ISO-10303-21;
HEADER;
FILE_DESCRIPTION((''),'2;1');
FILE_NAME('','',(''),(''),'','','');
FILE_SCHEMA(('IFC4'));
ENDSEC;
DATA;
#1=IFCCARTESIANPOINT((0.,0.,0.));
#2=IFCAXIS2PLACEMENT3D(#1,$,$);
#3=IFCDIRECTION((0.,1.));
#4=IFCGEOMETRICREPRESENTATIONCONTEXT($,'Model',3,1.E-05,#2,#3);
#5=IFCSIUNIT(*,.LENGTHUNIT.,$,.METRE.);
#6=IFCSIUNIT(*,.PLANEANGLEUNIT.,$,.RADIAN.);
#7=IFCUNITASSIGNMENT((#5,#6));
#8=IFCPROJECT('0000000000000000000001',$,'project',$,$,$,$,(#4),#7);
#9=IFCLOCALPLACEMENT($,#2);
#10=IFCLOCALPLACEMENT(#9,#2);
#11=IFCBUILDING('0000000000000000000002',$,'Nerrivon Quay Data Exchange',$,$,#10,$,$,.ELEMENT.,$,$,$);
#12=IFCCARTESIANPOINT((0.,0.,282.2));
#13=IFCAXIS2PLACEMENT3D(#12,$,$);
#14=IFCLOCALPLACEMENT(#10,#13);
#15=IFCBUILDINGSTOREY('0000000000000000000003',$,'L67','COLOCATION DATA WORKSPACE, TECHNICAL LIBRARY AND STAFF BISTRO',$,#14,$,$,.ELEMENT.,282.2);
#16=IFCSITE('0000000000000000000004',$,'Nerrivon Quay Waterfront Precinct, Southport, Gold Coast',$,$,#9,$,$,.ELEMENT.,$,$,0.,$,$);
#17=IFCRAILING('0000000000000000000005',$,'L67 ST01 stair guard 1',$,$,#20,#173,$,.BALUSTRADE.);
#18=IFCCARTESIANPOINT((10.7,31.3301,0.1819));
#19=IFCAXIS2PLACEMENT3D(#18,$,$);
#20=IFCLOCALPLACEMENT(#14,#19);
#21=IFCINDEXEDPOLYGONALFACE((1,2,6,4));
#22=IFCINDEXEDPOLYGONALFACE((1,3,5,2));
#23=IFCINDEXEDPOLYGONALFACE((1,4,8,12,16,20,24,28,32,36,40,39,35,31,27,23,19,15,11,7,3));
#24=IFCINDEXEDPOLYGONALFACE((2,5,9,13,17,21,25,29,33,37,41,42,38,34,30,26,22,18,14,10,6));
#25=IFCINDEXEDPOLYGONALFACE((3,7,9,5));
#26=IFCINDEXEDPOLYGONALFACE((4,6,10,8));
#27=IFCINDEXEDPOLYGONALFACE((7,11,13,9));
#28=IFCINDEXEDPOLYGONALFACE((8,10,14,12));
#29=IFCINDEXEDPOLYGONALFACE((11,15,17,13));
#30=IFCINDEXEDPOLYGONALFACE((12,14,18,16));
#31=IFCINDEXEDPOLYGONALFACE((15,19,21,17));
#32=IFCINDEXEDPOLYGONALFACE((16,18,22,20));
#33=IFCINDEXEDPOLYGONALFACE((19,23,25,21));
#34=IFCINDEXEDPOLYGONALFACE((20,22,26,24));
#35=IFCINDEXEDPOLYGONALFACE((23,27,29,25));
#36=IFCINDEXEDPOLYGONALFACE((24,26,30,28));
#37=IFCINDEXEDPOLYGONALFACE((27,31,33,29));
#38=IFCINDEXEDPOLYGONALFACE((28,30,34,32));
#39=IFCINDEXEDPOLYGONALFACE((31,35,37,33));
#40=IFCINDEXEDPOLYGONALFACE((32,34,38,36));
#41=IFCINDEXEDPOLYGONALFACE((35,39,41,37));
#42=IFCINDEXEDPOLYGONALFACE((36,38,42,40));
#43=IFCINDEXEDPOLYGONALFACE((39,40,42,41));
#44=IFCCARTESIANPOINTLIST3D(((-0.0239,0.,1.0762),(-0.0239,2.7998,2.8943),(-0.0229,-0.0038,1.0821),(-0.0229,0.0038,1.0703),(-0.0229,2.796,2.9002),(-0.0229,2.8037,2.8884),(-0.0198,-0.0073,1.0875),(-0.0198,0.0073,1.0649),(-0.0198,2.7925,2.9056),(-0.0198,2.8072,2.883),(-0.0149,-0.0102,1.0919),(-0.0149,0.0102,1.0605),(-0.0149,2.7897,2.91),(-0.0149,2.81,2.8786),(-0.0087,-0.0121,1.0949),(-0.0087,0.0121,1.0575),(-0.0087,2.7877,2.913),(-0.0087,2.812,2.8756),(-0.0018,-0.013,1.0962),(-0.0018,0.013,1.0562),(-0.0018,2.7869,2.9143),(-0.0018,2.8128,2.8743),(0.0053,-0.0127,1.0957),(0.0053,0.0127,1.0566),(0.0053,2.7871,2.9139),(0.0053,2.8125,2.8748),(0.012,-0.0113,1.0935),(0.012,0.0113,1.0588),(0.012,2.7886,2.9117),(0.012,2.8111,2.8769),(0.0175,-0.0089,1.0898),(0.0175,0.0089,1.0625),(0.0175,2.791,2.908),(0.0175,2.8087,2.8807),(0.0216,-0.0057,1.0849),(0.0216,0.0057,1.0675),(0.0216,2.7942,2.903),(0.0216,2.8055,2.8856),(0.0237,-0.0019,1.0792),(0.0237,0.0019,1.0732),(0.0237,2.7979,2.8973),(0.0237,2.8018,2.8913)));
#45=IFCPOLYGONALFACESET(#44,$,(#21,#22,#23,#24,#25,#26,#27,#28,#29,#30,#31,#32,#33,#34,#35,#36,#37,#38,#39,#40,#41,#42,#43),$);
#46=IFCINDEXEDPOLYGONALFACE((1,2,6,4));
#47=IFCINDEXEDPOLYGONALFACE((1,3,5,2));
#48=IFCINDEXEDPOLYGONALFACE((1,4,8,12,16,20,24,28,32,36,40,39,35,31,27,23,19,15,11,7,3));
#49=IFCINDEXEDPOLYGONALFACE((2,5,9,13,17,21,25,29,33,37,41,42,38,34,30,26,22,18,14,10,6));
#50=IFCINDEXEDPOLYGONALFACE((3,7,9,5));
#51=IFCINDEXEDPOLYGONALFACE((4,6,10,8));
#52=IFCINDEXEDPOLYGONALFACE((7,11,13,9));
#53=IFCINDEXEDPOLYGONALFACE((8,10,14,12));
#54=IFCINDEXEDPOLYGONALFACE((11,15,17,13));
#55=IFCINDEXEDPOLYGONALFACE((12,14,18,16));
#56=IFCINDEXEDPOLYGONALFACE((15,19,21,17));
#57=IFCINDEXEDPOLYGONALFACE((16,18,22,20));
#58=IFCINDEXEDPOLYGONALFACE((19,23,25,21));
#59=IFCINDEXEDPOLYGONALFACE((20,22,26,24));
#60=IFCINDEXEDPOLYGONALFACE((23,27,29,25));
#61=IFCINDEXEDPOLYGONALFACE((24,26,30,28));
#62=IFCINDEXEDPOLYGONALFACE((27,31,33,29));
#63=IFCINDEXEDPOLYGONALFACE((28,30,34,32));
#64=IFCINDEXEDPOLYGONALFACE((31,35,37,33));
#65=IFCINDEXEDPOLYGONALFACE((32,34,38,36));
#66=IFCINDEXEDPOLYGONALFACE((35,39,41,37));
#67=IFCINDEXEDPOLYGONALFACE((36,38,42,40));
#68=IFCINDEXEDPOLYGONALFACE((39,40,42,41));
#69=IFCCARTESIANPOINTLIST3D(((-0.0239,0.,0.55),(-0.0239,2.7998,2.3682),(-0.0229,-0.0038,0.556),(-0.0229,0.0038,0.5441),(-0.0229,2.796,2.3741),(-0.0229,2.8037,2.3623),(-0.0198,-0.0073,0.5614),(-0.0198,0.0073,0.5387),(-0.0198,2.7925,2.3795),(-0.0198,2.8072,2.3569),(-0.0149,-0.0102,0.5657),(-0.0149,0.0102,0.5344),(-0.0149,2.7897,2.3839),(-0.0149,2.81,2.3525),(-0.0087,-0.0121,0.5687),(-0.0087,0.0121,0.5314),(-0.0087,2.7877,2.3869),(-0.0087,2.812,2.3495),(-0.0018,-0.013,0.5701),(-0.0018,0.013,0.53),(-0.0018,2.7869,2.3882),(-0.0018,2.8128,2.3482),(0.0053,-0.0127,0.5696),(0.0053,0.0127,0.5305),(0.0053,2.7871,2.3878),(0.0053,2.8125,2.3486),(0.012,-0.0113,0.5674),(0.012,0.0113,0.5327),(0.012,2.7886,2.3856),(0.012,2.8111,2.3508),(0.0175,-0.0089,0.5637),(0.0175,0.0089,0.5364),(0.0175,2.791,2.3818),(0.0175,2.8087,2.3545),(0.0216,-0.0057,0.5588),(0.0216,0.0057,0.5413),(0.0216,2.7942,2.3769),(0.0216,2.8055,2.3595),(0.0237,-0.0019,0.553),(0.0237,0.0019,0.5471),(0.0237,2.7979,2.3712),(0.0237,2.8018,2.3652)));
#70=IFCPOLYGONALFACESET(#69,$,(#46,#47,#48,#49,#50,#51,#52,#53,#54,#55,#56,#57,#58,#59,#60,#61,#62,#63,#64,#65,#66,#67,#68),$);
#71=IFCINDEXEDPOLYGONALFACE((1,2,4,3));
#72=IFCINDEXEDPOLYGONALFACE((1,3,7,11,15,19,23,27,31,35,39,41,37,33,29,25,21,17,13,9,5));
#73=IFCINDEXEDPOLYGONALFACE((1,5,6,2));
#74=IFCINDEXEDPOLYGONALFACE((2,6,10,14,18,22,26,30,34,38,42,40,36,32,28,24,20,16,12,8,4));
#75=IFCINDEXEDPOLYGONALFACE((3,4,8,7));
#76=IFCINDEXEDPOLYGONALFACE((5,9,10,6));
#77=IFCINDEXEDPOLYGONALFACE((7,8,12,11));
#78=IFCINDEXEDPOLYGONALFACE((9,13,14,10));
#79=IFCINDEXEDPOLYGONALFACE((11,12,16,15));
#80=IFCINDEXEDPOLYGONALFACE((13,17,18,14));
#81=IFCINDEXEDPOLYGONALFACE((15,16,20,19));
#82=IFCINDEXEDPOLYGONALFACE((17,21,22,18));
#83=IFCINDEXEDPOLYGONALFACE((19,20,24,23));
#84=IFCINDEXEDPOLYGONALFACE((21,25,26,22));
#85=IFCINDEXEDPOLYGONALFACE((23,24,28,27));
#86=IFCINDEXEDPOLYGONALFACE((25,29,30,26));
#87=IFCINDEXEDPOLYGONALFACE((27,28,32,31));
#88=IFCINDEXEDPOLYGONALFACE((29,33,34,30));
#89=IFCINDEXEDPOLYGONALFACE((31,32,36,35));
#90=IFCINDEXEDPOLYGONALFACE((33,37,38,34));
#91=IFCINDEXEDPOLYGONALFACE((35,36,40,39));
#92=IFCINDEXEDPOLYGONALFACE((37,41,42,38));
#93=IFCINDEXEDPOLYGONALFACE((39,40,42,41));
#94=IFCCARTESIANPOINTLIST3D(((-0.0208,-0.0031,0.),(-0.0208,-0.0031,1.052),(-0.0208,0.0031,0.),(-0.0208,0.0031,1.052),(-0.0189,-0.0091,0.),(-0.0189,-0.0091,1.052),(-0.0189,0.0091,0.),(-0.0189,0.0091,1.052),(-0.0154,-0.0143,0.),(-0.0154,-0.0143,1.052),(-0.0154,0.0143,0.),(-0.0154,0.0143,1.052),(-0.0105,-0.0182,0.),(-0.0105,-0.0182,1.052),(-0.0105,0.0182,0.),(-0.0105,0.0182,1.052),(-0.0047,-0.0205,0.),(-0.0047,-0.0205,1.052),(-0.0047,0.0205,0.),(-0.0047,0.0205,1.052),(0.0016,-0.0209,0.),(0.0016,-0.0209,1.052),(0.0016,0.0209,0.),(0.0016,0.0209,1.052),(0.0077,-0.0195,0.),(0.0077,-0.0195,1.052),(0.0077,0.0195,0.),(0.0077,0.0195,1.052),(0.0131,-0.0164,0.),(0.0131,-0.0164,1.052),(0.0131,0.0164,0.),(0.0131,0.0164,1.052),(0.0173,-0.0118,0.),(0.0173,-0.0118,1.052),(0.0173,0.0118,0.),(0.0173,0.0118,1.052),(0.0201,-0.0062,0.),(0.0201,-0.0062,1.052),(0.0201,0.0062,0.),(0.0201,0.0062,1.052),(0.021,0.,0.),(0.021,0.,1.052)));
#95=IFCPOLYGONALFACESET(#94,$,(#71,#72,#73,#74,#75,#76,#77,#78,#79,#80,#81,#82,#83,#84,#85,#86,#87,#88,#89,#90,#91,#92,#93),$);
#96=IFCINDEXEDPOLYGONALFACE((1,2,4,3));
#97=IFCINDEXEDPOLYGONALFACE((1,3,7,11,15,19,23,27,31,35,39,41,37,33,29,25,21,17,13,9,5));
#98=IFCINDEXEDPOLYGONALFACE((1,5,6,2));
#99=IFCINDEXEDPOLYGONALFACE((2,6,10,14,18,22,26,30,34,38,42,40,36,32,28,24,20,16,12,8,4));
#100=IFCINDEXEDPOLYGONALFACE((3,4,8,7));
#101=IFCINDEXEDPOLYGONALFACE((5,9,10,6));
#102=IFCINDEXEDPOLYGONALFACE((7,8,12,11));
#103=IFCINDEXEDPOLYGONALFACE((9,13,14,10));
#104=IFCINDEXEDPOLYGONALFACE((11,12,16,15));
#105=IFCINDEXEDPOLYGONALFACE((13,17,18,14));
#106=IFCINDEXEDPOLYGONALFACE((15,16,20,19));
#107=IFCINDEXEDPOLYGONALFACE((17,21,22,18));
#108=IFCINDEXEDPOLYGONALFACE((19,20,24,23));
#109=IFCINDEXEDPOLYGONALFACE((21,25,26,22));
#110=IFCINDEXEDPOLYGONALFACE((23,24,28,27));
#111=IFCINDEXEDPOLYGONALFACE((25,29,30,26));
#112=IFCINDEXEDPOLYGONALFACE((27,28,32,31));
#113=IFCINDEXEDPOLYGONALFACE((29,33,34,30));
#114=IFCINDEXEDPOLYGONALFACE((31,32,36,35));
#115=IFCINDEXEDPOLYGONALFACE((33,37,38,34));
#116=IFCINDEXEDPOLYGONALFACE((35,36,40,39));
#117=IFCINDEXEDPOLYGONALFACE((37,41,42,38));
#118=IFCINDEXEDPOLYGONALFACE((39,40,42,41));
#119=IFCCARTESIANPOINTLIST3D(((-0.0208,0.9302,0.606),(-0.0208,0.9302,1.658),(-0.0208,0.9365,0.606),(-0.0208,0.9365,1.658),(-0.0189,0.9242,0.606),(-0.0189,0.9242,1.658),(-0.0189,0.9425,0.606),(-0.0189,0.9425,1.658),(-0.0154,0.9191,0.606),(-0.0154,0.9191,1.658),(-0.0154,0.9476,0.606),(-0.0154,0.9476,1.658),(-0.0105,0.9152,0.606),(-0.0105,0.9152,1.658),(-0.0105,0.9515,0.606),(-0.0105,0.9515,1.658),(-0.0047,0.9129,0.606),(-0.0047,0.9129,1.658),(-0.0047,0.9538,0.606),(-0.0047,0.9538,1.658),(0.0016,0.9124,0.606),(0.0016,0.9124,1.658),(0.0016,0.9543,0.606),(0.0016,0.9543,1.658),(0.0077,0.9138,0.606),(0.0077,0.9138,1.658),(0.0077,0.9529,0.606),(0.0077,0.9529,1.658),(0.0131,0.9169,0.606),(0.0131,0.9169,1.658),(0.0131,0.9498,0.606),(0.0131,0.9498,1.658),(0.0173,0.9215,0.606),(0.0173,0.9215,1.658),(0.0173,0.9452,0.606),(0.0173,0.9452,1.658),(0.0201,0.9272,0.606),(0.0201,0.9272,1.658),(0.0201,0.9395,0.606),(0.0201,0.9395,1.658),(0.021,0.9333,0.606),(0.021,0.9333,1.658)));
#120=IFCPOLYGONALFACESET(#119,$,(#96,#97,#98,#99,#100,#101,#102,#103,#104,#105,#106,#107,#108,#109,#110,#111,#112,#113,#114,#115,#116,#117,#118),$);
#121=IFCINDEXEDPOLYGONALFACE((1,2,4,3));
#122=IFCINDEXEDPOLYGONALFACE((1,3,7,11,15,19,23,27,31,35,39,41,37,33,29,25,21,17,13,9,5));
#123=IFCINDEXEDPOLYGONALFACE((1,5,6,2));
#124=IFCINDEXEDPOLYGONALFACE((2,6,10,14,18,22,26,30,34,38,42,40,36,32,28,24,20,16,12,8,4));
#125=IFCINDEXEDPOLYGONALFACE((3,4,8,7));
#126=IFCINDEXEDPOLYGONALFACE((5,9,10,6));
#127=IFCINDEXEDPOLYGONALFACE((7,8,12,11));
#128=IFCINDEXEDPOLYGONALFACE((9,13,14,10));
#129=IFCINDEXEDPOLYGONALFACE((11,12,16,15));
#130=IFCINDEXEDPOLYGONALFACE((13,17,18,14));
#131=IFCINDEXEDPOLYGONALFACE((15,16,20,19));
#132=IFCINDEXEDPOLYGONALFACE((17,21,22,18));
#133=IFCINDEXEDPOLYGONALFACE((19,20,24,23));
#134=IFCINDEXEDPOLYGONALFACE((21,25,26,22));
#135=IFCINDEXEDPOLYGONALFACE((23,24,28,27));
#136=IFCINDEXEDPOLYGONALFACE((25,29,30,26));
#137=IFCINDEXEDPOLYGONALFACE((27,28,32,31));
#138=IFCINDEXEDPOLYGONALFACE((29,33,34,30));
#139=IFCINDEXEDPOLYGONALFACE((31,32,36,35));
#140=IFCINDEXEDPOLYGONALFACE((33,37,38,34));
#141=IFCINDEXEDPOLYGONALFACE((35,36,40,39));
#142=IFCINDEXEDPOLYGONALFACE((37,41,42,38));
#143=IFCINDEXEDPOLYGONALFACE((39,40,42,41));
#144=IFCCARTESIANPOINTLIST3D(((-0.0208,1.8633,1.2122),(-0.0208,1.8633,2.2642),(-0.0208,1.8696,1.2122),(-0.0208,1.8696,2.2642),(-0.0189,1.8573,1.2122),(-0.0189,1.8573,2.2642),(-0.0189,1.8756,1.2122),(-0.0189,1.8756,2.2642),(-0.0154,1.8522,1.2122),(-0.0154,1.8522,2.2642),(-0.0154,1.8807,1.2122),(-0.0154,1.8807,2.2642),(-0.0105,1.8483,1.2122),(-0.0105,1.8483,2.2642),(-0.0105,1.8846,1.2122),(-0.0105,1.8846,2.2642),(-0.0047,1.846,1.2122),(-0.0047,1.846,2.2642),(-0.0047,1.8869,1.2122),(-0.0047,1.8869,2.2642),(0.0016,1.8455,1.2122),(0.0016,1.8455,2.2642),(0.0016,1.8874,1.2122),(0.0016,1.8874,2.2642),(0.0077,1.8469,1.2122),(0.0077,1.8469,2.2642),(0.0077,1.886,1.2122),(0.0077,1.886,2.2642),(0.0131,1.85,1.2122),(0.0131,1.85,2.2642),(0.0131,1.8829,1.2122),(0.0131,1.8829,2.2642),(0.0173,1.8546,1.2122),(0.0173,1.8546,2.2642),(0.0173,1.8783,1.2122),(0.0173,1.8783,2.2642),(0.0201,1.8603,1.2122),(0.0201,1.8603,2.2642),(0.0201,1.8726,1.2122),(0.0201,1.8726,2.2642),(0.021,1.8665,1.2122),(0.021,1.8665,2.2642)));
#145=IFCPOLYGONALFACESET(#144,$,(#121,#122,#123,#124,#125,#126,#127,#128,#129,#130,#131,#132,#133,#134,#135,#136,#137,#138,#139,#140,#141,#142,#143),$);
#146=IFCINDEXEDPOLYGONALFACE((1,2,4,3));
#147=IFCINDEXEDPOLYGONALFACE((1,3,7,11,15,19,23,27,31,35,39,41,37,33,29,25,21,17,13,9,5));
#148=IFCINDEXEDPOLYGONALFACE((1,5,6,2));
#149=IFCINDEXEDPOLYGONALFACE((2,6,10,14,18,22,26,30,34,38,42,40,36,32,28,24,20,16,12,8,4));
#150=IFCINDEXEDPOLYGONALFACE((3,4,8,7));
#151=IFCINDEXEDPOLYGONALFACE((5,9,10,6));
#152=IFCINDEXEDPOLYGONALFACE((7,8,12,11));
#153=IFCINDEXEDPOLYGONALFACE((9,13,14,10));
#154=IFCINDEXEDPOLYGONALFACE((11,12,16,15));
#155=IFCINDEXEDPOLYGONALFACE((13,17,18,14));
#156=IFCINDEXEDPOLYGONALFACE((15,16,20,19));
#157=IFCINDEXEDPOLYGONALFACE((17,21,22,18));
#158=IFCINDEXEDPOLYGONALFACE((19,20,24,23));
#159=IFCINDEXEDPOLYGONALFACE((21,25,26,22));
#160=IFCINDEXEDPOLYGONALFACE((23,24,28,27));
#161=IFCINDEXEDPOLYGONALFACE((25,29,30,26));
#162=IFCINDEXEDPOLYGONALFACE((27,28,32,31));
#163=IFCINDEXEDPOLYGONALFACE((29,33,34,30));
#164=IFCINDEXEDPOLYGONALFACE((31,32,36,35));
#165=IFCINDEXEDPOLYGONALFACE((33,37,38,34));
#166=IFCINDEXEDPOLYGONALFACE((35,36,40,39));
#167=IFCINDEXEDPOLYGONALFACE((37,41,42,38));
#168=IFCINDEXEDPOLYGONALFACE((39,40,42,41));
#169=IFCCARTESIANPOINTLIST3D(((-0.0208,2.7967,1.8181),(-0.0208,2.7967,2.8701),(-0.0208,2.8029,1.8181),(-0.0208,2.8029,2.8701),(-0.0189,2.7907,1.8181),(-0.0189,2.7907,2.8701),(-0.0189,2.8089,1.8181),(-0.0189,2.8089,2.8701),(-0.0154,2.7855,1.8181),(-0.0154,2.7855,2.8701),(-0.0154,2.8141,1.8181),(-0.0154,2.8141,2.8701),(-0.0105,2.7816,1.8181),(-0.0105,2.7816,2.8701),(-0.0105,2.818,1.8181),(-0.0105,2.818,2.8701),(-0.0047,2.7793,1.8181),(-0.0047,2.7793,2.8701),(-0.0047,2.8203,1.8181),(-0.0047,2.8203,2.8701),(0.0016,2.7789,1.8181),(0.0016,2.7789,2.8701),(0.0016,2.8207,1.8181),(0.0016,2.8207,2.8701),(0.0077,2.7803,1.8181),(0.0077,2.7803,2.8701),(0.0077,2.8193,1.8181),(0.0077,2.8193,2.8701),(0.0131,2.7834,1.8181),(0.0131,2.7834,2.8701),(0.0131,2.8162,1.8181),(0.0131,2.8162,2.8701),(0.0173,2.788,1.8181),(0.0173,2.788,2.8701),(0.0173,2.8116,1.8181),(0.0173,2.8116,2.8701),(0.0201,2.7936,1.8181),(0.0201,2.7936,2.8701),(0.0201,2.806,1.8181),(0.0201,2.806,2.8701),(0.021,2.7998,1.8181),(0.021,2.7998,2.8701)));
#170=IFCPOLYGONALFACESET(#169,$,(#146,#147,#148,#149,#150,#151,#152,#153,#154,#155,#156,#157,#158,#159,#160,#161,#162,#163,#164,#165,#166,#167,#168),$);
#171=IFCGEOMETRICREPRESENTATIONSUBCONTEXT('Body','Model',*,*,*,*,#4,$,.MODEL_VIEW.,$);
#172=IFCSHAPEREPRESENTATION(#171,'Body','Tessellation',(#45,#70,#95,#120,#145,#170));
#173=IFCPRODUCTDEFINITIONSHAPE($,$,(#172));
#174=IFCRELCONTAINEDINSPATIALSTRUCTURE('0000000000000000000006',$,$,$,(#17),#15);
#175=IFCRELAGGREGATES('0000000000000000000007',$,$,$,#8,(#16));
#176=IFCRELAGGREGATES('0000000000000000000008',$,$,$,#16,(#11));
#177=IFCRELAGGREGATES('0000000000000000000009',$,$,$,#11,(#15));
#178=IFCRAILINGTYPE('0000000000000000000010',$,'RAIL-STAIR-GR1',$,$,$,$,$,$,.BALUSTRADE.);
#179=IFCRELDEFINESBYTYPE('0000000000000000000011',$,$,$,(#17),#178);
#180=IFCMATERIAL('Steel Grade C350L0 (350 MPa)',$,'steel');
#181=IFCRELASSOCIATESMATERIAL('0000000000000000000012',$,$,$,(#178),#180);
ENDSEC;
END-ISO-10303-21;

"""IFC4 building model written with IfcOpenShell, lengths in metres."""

from ifc_helpers import new_model, si_unit, direction, frame, origin, origin_2d, place, context, subcontext, project, spatial, circle, extrude, material, type_object, element, save


model = new_model("IFC4")

# Units and contexts
model_context = context("Model", 3, precision=1e-05, world=origin(), true_north=direction((0.0, 1.0)))
body_context = subcontext(model_context, "Body", "Model", "MODEL_VIEW")
ifc_project = project(units=[si_unit("LENGTHUNIT", "METRE"), si_unit("PLANEANGLEUNIT", "RADIAN")], contexts=[model_context])

# Site, building, storey
site_placement = place(None, origin())
site = spatial("IfcSite", under=ifc_project, at=site_placement, Name="Nerrivon Quay Waterfront Precinct, Southport, Gold Coast", CompositionType="ELEMENT", RefElevation=0.0)
building_placement = place(site_placement, origin())
building = spatial("IfcBuilding", under=site, at=building_placement, Name="Nerrivon Quay Data Exchange", CompositionType="ELEMENT")
storey_placement = place(building_placement, frame((0.0, 0.0, 282.2)))
storey = spatial("IfcBuildingStorey", under=building, at=storey_placement, Name="L67", Description="COLOCATION DATA WORKSPACE, TECHNICAL LIBRARY AND STAFF BISTRO", CompositionType="ELEMENT", Elevation=282.2)

# Railing
ifc_material_1 = material(Name="Steel Grade C350L0 (350 MPa)", Category="steel")
railing_type_1 = type_object("IfcRailingType", Name="RAIL-STAIR-GR1", PredefinedType="BALUSTRADE", material=ifc_material_1)
railing_1_placement = place(storey_placement, frame((10.7, 31.3301, 0.1819)))
element("IfcRailing", 1, at=railing_1_placement, inside=storey, type_object=railing_type_1, Name="L67 ST01 stair guard 1", PredefinedType="BALUSTRADE", context=body_context, shape_type="SweptSolid", body=[
    extrude(circle(Radius=0.0239, at=origin_2d()), frame((0.0, 0.0, 1.0762), z_axis=(0.0, 0.838684, 0.544618), x_axis=(-1.0, 0.0, 0.0)), (0.0, 0.0, 1.0), 3.3384),
    extrude(circle(Radius=0.0239, at=origin_2d()), frame((0.0, 0.0, 0.55), z_axis=(0.0, 0.838684, 0.544618), x_axis=(-1.0, 0.0, 0.0)), (0.0, 0.0, 1.0), 3.3384),
    extrude(circle(Radius=0.021, at=origin_2d()), origin(), (0.0, 0.0, 1.0), 1.052),
    extrude(circle(Radius=0.021, at=origin_2d()), frame((0.0, 0.9333, 0.606)), (0.0, 0.0, 1.0), 1.052),
    extrude(circle(Radius=0.021, at=origin_2d()), frame((0.0, 1.8665, 1.2122)), (0.0, 0.0, 1.0), 1.052),
    extrude(circle(Radius=0.021, at=origin_2d()), frame((0.0, 2.7998, 1.8181)), (0.0, 0.0, 1.0), 1.052),
])

save(model, "model.ifc")
